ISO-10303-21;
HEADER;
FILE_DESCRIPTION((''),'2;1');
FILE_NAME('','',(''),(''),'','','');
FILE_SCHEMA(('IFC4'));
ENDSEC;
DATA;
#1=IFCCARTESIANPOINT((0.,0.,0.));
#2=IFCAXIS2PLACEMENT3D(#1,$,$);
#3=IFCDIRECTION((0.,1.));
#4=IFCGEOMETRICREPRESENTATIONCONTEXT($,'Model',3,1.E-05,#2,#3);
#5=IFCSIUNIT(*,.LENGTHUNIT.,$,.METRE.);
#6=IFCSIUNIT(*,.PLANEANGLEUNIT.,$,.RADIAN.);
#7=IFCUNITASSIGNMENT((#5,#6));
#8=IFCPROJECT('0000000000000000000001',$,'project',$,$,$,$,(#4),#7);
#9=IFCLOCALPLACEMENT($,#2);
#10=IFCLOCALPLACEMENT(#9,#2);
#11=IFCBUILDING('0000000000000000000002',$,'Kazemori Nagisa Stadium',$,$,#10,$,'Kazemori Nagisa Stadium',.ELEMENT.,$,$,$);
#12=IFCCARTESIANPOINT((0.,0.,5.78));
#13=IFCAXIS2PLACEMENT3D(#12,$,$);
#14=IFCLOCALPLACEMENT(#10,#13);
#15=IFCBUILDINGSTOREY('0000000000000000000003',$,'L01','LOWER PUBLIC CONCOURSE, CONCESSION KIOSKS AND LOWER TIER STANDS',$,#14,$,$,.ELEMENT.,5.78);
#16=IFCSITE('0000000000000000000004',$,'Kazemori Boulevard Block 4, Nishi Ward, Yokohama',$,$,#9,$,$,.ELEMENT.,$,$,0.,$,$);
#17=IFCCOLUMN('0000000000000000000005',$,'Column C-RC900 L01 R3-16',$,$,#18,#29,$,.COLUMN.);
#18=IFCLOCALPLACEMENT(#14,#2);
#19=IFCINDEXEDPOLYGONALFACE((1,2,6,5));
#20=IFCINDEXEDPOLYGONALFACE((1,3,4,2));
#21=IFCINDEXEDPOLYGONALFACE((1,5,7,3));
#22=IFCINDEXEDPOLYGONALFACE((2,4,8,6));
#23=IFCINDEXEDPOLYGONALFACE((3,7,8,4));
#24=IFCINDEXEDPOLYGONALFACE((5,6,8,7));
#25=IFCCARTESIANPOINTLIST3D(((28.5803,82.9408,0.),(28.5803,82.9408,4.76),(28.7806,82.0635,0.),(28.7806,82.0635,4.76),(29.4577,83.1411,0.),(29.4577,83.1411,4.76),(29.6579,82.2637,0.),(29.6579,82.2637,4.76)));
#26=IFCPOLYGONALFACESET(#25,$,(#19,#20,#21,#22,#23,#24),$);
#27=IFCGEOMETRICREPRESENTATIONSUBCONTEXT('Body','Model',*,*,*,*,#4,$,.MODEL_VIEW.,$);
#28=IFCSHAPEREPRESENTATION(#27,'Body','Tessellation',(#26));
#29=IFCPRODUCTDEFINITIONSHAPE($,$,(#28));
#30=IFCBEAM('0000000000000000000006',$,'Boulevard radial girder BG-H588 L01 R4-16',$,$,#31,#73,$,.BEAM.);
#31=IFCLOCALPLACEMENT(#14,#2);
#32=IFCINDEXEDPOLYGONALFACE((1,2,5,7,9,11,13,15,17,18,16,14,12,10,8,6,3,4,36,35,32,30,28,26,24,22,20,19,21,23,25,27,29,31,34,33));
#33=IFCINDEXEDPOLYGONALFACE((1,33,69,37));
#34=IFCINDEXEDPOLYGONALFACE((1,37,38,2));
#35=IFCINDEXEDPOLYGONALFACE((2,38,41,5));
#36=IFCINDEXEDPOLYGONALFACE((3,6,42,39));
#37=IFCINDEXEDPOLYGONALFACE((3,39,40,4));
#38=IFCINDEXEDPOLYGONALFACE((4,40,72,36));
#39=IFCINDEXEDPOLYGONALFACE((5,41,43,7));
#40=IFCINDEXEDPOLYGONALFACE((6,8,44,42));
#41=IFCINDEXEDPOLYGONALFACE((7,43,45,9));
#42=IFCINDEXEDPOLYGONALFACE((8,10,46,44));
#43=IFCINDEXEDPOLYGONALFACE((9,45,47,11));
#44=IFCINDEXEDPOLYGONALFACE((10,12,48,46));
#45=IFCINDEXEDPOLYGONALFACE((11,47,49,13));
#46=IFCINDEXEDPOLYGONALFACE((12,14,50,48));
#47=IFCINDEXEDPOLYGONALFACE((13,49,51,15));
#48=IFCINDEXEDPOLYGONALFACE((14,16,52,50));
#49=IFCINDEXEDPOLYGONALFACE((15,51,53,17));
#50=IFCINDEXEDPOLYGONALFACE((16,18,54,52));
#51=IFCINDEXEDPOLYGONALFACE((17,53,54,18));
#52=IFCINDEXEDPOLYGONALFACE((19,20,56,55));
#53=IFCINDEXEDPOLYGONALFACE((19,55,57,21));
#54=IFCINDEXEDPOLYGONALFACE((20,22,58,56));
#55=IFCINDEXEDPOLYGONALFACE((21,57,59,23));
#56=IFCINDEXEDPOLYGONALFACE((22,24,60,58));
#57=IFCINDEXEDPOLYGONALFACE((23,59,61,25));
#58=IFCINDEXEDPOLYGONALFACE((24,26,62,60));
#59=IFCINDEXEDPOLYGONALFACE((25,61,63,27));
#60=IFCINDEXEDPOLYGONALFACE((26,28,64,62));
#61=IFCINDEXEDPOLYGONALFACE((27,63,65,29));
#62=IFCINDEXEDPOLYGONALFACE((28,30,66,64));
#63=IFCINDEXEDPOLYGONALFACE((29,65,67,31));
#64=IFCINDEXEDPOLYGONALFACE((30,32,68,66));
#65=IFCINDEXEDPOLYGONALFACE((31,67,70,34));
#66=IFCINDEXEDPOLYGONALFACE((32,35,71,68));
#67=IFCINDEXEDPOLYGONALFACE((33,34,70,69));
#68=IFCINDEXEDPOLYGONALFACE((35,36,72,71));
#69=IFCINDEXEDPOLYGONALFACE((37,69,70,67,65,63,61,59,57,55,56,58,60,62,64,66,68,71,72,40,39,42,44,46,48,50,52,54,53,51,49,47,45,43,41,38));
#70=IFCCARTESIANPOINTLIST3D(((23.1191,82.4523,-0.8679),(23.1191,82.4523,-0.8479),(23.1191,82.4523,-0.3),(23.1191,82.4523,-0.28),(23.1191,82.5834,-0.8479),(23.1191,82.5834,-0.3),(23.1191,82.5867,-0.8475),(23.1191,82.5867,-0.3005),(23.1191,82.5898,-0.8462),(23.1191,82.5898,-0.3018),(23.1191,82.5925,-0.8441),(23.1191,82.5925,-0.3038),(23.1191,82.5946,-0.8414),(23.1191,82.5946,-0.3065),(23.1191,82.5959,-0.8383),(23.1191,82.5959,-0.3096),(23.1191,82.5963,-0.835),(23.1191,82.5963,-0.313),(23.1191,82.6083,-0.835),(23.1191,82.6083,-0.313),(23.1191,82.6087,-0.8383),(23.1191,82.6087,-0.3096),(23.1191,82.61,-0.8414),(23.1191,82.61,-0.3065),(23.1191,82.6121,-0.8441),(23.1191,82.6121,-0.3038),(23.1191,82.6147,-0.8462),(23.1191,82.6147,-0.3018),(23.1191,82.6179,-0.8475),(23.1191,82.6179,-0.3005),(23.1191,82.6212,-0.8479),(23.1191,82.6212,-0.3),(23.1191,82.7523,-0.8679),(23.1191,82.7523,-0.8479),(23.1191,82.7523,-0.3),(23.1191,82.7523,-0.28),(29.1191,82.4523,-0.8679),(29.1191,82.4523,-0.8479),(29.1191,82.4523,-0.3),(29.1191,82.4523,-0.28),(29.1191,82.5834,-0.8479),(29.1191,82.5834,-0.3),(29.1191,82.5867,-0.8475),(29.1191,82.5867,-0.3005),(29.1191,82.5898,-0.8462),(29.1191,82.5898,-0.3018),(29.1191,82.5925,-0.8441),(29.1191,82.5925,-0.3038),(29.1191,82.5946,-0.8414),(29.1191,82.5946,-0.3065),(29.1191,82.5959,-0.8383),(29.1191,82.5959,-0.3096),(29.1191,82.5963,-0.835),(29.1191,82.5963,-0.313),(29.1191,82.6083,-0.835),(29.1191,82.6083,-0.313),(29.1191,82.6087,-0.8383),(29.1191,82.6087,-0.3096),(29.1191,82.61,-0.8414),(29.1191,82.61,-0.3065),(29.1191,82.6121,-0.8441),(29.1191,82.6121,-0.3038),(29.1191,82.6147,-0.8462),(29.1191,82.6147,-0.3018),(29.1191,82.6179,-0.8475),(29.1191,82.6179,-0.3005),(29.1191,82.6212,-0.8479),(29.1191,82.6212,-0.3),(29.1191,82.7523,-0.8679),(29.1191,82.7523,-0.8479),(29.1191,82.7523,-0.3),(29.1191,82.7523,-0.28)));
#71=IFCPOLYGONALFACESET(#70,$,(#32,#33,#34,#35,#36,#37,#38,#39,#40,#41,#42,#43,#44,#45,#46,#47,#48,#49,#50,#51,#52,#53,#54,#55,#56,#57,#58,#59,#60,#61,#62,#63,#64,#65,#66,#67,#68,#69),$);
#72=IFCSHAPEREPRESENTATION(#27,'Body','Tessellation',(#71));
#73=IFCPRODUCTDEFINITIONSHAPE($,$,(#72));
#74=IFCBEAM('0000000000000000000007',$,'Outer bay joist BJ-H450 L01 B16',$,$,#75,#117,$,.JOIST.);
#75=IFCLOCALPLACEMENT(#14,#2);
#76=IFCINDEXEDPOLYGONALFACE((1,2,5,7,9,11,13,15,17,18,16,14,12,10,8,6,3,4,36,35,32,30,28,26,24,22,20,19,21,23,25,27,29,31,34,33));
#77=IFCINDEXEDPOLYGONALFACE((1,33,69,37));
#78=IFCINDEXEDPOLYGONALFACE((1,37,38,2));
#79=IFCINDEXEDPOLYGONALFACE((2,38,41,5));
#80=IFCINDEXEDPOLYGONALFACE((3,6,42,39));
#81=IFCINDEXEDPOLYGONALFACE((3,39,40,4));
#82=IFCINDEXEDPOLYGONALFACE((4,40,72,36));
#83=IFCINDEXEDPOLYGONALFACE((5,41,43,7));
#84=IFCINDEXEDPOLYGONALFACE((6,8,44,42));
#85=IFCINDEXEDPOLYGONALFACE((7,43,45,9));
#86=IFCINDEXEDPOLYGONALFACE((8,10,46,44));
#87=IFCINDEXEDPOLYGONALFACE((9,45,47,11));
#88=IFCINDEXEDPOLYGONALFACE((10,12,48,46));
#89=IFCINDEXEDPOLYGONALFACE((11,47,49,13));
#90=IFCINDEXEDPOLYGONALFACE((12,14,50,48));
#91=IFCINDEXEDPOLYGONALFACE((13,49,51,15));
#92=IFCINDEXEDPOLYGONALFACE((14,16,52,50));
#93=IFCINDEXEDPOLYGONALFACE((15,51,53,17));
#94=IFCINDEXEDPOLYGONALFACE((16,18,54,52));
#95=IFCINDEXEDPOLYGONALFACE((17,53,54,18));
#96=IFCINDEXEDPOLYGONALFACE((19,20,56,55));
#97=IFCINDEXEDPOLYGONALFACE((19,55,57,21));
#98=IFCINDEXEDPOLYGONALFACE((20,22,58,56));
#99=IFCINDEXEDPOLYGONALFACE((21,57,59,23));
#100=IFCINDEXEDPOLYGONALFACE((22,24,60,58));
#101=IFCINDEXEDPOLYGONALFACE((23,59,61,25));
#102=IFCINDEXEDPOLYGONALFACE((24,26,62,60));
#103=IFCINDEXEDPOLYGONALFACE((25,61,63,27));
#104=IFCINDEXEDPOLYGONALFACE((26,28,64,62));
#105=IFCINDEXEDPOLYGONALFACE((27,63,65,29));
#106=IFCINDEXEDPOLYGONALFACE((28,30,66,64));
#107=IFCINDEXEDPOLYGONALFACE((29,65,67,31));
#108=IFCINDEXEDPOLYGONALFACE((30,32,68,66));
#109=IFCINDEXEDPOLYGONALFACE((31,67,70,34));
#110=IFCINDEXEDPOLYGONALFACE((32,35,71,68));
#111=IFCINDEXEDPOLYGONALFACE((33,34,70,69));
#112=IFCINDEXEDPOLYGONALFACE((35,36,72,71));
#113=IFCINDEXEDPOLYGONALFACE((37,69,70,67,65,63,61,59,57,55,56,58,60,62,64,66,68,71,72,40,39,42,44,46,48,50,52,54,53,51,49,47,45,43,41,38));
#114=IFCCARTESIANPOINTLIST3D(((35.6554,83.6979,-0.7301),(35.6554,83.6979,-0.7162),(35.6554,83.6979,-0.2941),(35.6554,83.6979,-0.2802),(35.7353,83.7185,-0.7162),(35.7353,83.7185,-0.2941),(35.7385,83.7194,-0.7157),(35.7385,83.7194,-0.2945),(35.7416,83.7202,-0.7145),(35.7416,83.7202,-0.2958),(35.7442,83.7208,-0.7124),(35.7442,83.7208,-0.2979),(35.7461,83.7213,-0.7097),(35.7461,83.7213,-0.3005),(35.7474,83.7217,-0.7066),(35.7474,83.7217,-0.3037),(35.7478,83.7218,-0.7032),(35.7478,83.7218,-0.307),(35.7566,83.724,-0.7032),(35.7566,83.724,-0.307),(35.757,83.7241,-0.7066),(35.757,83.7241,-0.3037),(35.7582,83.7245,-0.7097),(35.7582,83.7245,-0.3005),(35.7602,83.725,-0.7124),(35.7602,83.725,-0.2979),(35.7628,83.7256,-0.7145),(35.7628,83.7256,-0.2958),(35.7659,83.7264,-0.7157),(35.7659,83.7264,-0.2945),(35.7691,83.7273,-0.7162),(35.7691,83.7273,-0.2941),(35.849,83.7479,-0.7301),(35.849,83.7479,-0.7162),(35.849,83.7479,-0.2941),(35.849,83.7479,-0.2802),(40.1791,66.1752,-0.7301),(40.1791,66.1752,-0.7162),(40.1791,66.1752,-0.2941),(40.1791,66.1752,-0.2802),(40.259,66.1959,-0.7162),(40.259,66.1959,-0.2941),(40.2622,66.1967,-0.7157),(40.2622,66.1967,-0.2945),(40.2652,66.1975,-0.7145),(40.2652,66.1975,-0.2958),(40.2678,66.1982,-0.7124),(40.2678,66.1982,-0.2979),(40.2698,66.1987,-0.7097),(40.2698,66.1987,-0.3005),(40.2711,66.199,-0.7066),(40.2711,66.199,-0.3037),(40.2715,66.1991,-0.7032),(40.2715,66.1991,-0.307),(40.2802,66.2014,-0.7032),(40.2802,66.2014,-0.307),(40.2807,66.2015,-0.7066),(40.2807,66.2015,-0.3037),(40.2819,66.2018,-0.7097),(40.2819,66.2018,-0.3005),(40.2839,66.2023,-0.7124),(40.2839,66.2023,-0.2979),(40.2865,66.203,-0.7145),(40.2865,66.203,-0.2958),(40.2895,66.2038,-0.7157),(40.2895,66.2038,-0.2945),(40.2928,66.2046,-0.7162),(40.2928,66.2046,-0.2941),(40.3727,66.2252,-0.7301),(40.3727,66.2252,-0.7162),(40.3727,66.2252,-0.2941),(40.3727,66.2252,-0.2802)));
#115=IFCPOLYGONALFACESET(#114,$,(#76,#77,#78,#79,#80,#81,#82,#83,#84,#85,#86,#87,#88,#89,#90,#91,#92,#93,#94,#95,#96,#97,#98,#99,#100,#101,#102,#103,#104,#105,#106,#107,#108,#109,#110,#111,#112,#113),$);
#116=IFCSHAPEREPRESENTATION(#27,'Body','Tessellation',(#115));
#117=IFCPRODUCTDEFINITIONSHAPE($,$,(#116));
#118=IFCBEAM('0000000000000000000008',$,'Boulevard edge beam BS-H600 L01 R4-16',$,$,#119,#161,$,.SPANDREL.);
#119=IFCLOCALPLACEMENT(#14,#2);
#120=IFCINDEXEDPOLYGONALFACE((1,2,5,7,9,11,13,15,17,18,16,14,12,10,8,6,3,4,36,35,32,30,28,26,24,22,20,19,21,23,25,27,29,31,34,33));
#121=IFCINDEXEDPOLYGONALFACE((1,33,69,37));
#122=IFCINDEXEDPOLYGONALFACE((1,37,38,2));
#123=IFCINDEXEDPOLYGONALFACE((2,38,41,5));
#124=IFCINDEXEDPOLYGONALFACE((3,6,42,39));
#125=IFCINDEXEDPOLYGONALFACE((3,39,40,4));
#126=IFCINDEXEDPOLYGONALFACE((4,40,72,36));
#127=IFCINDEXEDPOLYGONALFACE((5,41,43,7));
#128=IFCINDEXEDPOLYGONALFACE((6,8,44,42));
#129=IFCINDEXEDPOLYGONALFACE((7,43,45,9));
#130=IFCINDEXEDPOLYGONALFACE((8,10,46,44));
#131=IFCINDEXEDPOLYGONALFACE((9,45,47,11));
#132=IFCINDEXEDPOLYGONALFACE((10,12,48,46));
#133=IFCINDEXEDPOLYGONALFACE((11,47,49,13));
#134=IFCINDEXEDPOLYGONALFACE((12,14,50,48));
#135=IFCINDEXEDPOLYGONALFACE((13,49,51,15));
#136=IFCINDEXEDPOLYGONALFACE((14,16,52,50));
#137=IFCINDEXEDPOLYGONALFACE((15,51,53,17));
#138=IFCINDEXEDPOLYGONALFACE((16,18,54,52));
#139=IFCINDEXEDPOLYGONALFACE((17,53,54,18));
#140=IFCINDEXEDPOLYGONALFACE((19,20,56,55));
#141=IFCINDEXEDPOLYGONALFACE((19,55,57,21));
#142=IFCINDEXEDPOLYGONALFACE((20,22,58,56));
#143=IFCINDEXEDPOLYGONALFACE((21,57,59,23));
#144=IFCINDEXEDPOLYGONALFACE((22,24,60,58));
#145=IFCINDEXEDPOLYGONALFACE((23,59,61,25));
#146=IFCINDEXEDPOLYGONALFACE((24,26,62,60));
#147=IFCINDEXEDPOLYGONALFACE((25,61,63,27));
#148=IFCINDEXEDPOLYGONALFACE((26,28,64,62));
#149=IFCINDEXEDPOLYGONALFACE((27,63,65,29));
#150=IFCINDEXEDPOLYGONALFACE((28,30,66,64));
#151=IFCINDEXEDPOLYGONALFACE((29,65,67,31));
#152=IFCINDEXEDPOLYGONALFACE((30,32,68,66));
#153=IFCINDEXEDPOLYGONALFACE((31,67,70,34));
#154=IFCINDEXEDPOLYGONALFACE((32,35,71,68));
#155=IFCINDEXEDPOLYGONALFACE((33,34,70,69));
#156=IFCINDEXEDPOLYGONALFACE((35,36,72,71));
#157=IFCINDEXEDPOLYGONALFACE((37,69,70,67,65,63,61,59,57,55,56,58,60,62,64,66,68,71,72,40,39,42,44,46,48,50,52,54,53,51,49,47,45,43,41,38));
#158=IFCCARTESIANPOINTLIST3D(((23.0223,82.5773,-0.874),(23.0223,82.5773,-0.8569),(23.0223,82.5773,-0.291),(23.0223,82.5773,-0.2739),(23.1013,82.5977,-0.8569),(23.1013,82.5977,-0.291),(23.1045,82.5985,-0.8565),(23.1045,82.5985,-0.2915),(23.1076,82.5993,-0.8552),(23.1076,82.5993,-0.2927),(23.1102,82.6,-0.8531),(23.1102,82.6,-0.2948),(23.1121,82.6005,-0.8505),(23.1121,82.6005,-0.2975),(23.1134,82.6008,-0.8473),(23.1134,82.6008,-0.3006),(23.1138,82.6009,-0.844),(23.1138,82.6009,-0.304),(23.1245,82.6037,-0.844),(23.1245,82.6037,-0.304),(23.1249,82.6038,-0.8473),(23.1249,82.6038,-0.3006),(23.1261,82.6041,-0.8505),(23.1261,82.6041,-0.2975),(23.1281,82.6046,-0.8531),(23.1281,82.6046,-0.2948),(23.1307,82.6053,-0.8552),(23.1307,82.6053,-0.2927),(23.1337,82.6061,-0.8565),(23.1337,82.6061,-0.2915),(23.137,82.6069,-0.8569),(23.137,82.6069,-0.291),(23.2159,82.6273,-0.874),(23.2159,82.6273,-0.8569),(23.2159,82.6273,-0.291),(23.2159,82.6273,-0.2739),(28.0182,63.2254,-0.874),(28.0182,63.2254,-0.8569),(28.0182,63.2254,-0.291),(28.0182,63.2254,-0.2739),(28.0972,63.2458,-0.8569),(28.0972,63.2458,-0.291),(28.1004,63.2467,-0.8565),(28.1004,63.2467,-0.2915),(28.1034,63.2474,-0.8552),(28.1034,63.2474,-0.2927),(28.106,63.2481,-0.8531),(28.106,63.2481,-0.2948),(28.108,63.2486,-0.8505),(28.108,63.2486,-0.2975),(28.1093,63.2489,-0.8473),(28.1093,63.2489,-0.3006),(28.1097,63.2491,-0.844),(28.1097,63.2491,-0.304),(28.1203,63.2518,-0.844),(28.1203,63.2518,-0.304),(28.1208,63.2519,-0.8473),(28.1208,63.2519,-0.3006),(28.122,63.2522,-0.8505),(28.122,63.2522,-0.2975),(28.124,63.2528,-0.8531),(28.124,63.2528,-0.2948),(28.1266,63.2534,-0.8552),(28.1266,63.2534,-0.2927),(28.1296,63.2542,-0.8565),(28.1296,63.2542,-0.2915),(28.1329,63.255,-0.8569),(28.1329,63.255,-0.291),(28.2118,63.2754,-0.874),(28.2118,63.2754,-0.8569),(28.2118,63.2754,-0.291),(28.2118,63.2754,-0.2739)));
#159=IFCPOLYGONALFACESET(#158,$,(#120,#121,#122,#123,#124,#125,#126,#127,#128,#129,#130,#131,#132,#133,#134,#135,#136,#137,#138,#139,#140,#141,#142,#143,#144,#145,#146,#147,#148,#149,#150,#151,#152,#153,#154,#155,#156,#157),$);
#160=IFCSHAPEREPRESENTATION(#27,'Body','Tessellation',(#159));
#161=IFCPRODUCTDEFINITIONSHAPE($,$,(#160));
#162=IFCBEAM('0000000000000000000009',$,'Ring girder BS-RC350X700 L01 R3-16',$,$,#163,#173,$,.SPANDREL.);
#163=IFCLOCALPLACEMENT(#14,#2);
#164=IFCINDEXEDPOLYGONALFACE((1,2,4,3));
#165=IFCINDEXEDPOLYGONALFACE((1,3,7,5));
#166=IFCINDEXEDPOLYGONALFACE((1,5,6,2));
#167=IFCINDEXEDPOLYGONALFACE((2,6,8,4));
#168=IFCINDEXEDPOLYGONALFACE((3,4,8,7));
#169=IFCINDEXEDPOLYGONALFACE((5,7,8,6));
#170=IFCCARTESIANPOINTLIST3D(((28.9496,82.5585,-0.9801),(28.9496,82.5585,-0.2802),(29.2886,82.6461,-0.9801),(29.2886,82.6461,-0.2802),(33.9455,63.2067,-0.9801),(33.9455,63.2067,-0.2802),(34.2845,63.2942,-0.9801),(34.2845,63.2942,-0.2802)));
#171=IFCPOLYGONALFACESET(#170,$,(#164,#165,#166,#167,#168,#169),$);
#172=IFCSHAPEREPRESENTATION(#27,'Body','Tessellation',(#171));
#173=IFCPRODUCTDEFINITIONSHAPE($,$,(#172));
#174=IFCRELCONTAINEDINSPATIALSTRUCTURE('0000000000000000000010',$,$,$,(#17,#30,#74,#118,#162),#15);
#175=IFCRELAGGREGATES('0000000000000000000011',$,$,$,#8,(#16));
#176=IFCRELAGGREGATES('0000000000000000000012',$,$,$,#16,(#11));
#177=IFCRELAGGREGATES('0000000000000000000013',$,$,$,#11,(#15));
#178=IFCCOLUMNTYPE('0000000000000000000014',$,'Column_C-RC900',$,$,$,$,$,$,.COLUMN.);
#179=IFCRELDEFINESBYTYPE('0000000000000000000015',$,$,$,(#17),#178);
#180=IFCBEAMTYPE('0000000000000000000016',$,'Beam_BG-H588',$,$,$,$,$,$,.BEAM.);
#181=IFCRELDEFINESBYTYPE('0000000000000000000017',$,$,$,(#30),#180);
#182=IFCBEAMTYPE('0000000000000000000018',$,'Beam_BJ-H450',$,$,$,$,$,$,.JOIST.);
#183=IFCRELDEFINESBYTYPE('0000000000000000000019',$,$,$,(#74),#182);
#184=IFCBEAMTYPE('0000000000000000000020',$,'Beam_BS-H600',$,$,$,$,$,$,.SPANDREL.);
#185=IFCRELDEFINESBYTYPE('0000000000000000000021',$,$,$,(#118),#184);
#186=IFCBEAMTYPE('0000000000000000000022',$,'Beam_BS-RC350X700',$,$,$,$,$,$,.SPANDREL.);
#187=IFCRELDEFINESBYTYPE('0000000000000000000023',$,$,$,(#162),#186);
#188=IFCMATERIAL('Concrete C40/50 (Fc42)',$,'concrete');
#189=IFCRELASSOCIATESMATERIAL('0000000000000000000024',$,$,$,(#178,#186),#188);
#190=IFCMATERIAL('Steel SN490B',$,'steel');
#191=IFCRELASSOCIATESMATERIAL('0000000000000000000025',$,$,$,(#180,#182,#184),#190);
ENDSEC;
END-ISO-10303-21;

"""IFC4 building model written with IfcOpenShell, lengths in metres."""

from ifc_helpers import new_model, si_unit, direction, frame, origin, origin_2d, place, context, subcontext, project, spatial, rectangle, i_section, extrude, material, material_profile, profile_set, type_object, element, save


model = new_model("IFC4")

# Units and contexts
model_context = context("Model", 3, precision=1e-05, world=origin(), true_north=direction((0.0, 1.0)))
body_context = subcontext(model_context, "Body", "Model", "MODEL_VIEW")
ifc_project = project(units=[si_unit("LENGTHUNIT", "METRE"), si_unit("PLANEANGLEUNIT", "RADIAN")], contexts=[model_context])

# Site, building, storey
site_placement = place(None, origin())
site = spatial("IfcSite", under=ifc_project, at=site_placement, Name="Kazemori Boulevard Block 4, Nishi Ward, Yokohama", CompositionType="ELEMENT", RefElevation=0.0)
building_placement = place(site_placement, origin())
building = spatial("IfcBuilding", under=site, at=building_placement, Name="Kazemori Nagisa Stadium", LongName="Kazemori Nagisa Stadium", CompositionType="ELEMENT")
storey_placement = place(building_placement, frame((0.0, 0.0, 5.78)))
storey = spatial("IfcBuildingStorey", under=building, at=storey_placement, Name="L01", Description="LOWER PUBLIC CONCOURSE, CONCESSION KIOSKS AND LOWER TIER STANDS", CompositionType="ELEMENT", Elevation=5.78)

# Column
ifc_material_1 = material(Name="Concrete C40/50 (Fc42)", Category="concrete")
ifc_material_profile_1 = material_profile(ifc_material_1, rectangle(XDim=0.8999, YDim=0.8999, at=origin_2d()), Name="RC-COL-900x900")
ifc_profile_set_1 = profile_set([ifc_material_profile_1], Name="Concrete C40/50 (Fc42)")
column_type = type_object("IfcColumnType", Name="Column_C-RC900", PredefinedType="COLUMN", material=ifc_profile_set_1)
column_placement = place(storey_placement, frame((29.1191, 82.6023, 0.0), z_axis=(0.0, 0.0, 1.0), x_axis=(-0.974928, -0.222521, 0.0)))
element("IfcColumn", 1, at=column_placement, inside=storey, type_object=column_type, Name="Column C-RC900 L01 R3-16", PredefinedType="COLUMN", context=body_context, shape_type="SweptSolid", body=[
    extrude(rectangle(XDim=0.8999, YDim=0.8999, at=origin_2d()), origin(), (0.0, 0.0, 1.0), 4.76),
])

# Beams
ifc_material_2 = material(Name="Steel SN490B", Category="steel")
ifc_material_profile_2 = material_profile(ifc_material_2, i_section(OverallWidth=0.3, OverallDepth=0.5879, WebThickness=0.012, FlangeThickness=0.02, FilletRadius=0.0129, at=origin_2d()), Name="H-588x300x12x20")
ifc_profile_set_2 = profile_set([ifc_material_profile_2], Name="Steel SN490B")
beam_type_1 = type_object("IfcBeamType", Name="Beam_BG-H588", PredefinedType="BEAM", material=ifc_profile_set_2)
beam_1_placement = place(storey_placement, frame((29.1191, 82.6023, -0.574), z_axis=(-1.0, 0.0, 0.0), x_axis=(0.0, -1.0, 0.0)))
element("IfcBeam", 2, at=beam_1_placement, inside=storey, type_object=beam_type_1, Name="Boulevard radial girder BG-H588 L01 R4-16", PredefinedType="BEAM", context=body_context, shape_type="SweptSolid", body=[
    extrude(i_section(OverallWidth=0.3, OverallDepth=0.5879, WebThickness=0.012, FlangeThickness=0.02, FilletRadius=0.0129, at=origin_2d()), origin(), (0.0, 0.0, 1.0), 6.0),
])
ifc_material_profile_3 = material_profile(ifc_material_2, i_section(OverallWidth=0.2, OverallDepth=0.45, WebThickness=0.009, FlangeThickness=0.0139, FilletRadius=0.0129, at=origin_2d()), Name="H-450x200x9x14")
ifc_profile_set_3 = profile_set([ifc_material_profile_3], Name="Steel SN490B")
beam_type_2 = type_object("IfcBeamType", Name="Beam_BJ-H450", PredefinedType="JOIST", material=ifc_profile_set_3)
beam_2_placement = place(storey_placement, frame((35.7522, 83.7229, -0.5051), z_axis=(0.249966, -0.968255, 0.0), x_axis=(0.968255, 0.249966, 0.0)))
element("IfcBeam", 3, at=beam_2_placement, inside=storey, type_object=beam_type_2, Name="Outer bay joist BJ-H450 L01 B16", PredefinedType="JOIST", context=body_context, shape_type="SweptSolid", body=[
    extrude(i_section(OverallWidth=0.2, OverallDepth=0.45, WebThickness=0.009, FlangeThickness=0.0139, FilletRadius=0.0129, at=origin_2d()), origin(), (0.0, 0.0, 1.0), 18.0972),
])
ifc_material_profile_4 = material_profile(ifc_material_2, i_section(OverallWidth=0.2, OverallDepth=0.6001, WebThickness=0.011, FlangeThickness=0.0171, FilletRadius=0.0129, at=origin_2d()), Name="H-600x200x11x17")
ifc_profile_set_4 = profile_set([ifc_material_profile_4], Name="Steel SN490B")
beam_type_3 = type_object("IfcBeamType", Name="Beam_BS-H600", PredefinedType="SPANDREL", material=ifc_profile_set_4)
beam_3_placement = place(storey_placement, frame((23.1191, 82.6023, -0.574), z_axis=(0.249964, -0.968255, 0.0), x_axis=(0.968255, 0.249964, 0.0)))
element("IfcBeam", 4, at=beam_3_placement, inside=storey, type_object=beam_type_3, Name="Boulevard edge beam BS-H600 L01 R4-16", PredefinedType="SPANDREL", context=body_context, shape_type="SweptSolid", body=[
    extrude(i_section(OverallWidth=0.2, OverallDepth=0.6001, WebThickness=0.011, FlangeThickness=0.0171, FilletRadius=0.0129, at=origin_2d()), origin(), (0.0, 0.0, 1.0), 19.9863),
])
ifc_material_profile_5 = material_profile(ifc_material_1, rectangle(XDim=0.3501, YDim=0.7, at=origin_2d()), Name="RC-SP-350x700")
ifc_profile_set_5 = profile_set([ifc_material_profile_5], Name="Concrete C40/50 (Fc42)")
beam_type_4 = type_object("IfcBeamType", Name="Beam_BS-RC350X700", PredefinedType="SPANDREL", material=ifc_profile_set_5)
beam_4_placement = place(storey_placement, frame((29.1191, 82.6023, -0.6301), z_axis=(0.249964, -0.968255, 0.0), x_axis=(0.968255, 0.249964, 0.0)))
element("IfcBeam", 5, at=beam_4_placement, inside=storey, type_object=beam_type_4, Name="Ring girder BS-RC350X700 L01 R3-16", PredefinedType="SPANDREL", context=body_context, shape_type="SweptSolid", body=[
    extrude(rectangle(XDim=0.3501, YDim=0.7, at=origin_2d()), origin(), (0.0, 0.0, 1.0), 19.9863),
])

save(model, "model.ifc")
